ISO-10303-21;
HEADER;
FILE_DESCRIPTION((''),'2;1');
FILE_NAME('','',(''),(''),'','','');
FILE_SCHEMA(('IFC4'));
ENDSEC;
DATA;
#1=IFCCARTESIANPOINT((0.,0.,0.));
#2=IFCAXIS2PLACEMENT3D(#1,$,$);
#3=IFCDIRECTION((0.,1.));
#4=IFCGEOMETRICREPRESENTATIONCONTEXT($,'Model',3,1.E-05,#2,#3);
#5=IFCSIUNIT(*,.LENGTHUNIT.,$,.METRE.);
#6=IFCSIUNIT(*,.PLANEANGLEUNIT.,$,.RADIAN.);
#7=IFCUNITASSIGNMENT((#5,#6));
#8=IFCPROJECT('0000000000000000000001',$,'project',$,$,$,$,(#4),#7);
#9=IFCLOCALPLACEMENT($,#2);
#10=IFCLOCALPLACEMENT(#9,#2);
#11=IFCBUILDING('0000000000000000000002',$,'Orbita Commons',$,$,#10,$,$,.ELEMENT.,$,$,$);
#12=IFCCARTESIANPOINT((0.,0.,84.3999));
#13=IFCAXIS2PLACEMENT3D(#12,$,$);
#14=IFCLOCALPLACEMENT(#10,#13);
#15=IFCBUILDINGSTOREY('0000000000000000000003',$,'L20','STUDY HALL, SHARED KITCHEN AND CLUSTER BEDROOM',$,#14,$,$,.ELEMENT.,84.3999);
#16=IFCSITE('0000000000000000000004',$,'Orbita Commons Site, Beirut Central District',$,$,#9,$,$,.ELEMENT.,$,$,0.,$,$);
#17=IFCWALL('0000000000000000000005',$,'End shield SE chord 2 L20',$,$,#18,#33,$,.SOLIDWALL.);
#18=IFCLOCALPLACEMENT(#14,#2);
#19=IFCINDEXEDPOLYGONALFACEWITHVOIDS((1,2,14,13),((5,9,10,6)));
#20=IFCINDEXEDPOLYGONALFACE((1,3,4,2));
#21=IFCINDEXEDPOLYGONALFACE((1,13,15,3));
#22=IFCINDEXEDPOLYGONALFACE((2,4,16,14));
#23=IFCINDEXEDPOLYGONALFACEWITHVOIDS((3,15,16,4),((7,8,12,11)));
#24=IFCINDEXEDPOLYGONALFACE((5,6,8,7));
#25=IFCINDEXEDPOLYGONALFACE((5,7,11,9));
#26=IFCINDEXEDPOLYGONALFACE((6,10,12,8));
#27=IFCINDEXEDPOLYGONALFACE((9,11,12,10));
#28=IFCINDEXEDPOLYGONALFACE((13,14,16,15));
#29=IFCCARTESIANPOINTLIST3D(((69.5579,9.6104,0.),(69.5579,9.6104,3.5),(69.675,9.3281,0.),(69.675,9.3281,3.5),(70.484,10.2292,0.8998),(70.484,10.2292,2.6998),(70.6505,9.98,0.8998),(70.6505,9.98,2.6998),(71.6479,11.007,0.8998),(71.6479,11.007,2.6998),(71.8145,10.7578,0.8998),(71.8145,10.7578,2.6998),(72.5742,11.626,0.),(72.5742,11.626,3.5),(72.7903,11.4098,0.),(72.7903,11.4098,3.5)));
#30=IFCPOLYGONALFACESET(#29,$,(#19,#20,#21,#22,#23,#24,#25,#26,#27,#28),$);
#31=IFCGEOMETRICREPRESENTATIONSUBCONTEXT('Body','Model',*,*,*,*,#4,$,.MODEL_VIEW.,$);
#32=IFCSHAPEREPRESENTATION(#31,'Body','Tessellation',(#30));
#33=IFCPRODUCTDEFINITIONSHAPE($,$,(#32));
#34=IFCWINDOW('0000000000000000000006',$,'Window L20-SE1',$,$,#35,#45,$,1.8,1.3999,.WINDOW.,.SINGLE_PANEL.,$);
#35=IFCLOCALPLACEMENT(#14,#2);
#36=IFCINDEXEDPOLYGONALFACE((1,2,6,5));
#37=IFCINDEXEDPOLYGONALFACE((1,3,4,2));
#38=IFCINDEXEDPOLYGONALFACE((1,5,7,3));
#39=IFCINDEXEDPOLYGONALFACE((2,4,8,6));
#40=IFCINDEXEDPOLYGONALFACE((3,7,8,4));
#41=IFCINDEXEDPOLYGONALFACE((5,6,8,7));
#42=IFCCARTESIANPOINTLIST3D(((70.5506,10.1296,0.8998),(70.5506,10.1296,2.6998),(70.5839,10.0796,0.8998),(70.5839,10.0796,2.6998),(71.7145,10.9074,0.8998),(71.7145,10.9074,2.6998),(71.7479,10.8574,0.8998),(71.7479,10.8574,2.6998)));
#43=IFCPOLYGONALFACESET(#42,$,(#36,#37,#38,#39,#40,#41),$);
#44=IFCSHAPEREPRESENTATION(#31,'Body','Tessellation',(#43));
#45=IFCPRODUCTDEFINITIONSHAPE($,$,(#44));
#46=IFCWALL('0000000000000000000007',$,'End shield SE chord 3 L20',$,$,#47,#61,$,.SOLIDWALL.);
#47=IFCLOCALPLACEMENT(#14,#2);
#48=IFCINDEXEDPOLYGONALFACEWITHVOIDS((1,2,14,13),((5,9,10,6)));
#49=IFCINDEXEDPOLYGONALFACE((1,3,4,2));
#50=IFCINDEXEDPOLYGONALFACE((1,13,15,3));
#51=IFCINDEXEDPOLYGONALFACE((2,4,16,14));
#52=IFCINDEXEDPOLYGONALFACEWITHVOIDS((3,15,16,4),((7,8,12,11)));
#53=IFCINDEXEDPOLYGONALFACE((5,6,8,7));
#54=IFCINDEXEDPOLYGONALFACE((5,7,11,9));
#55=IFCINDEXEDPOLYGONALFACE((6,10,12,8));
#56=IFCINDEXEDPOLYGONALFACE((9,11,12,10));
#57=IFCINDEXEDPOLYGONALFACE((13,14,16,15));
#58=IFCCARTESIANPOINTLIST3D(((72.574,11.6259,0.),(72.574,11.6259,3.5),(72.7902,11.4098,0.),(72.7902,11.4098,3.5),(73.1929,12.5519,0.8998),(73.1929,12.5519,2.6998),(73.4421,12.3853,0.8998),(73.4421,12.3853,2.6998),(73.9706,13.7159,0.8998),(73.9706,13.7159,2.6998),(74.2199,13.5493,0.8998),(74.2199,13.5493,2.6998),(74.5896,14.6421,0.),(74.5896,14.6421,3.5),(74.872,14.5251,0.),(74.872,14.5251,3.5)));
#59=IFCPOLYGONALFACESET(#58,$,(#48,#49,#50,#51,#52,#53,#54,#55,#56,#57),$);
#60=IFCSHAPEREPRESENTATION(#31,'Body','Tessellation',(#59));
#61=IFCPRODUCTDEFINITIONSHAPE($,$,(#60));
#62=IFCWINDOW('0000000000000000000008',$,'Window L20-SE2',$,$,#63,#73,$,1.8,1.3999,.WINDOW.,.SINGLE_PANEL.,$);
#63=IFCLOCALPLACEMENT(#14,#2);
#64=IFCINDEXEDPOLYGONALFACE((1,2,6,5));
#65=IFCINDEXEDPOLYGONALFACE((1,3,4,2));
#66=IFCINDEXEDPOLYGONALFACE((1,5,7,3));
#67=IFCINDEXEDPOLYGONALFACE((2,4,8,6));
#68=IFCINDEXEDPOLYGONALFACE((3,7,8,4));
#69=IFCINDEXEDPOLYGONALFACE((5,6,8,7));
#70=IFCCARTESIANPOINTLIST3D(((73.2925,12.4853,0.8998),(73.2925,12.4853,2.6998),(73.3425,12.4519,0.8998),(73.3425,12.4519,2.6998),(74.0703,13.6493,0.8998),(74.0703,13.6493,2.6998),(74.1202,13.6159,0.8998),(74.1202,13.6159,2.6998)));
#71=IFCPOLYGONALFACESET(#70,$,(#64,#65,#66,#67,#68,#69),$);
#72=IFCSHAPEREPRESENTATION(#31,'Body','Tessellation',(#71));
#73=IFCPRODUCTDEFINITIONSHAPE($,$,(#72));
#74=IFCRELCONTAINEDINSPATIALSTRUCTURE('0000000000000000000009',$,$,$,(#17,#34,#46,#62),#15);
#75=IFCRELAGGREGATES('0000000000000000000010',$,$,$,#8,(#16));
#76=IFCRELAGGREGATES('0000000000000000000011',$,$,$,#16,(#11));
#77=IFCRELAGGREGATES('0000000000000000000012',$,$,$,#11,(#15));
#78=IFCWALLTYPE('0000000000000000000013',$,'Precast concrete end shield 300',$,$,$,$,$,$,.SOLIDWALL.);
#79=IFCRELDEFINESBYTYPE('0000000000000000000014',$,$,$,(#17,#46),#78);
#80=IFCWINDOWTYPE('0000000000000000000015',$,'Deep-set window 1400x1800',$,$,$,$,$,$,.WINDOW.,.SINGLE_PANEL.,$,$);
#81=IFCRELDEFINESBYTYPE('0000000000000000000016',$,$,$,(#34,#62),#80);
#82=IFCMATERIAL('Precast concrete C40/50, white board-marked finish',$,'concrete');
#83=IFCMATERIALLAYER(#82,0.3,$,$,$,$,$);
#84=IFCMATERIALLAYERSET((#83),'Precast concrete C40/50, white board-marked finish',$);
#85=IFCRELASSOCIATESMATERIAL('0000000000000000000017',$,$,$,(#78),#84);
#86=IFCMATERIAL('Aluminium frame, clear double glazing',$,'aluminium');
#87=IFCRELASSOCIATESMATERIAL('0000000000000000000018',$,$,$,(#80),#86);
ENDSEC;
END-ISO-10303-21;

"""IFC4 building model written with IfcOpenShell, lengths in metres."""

from ifc_helpers import new_model, si_unit, direction, frame, frame_2d, origin, place, context, subcontext, project, spatial, polyline, rectangle, outline, extrude, material, layer, layer_set, type_object, element, fill, save


model = new_model("IFC4")

# Units and contexts
model_context = context("Model", 3, precision=1e-05, world=origin(), true_north=direction((0.0, 1.0)))
body_context = subcontext(model_context, "Body", "Model", "MODEL_VIEW")
ifc_project = project(units=[si_unit("LENGTHUNIT", "METRE"), si_unit("PLANEANGLEUNIT", "RADIAN")], contexts=[model_context])

# Site, building, storey
site_placement = place(None, origin())
site = spatial("IfcSite", under=ifc_project, at=site_placement, Name="Orbita Commons Site, Beirut Central District", CompositionType="ELEMENT", RefElevation=0.0)
building_placement = place(site_placement, origin())
building = spatial("IfcBuilding", under=site, at=building_placement, Name="Orbita Commons", CompositionType="ELEMENT")
storey_placement = place(building_placement, frame((0.0, 0.0, 84.3999)))
storey = spatial("IfcBuildingStorey", under=building, at=storey_placement, Name="L20", Description="STUDY HALL, SHARED KITCHEN AND CLUSTER BEDROOM", CompositionType="ELEMENT", Elevation=84.3999)

# Walls, openings, windows
ifc_material_1 = material(Name="Precast concrete C40/50, white board-marked finish", Category="concrete")
ifc_layer_1 = layer(ifc_material_1, 0.3)
ifc_layer_set_1 = layer_set([ifc_layer_1], Name="Precast concrete C40/50, white board-marked finish")
wall_type_1 = type_object("IfcWallType", Name="Precast concrete end shield 300", PredefinedType="SOLIDWALL", material=ifc_layer_set_1)
ifc_material_2 = material(Name="Aluminium frame, clear double glazing", Category="aluminium")
window_type = type_object("IfcWindowType", Name="Deep-set window 1400x1800", PartitioningType="SINGLE_PANEL", PredefinedType="WINDOW", material=ifc_material_2)
wall_1_placement = place(storey_placement, frame((69.6165, 9.4692, 0.0), z_axis=(0.0, 0.0, 1.0), x_axis=(0.831449, 0.555601, 0.0)))
wall_1 = element("IfcWall", 1, at=wall_1_placement, inside=storey, type_object=wall_type_1, Name="End shield SE chord 2 L20", PredefinedType="SOLIDWALL", context=body_context, shape_type="SweptSolid", body=[
    extrude(outline(polyline([(-0.0298, -0.1499), (3.717, -0.1499), (3.6575, 0.1499), (0.0298, 0.1499), (-0.0298, -0.1499)])), origin(), (0.0, 0.0, 1.0), 3.5),
])
opening_1_placement = place(wall_1_placement, frame((1.1436, 0.0, 0.8999)))
opening_1 = element("IfcOpeningElement", 2, at=opening_1_placement, cuts=wall_1, PredefinedType="OPENING", context=body_context, shape_type="SweptSolid", body=[
    extrude(rectangle(XDim=1.3999, YDim=1.8, at=frame_2d((0.7, 0.8999))), frame((0.0, 0.1599, 0.0), z_axis=(0.0, -1.0, 0.0), x_axis=(1.0, 0.0, 0.0)), (0.0, 0.0, 1.0), 0.3201),
])
window_1_placement = place(opening_1_placement, origin())
window_1 = element("IfcWindow", 3, at=window_1_placement, inside=storey, type_object=window_type, Name="Window L20-SE1", OverallHeight=1.8, OverallWidth=1.3999, PartitioningType="SINGLE_PANEL", PredefinedType="WINDOW", context=body_context, shape_type="SweptSolid", body=[
    extrude(rectangle(XDim=1.3999, YDim=1.8, at=frame_2d((0.7, 0.8999))), frame((0.0, 0.03, 0.0), z_axis=(0.0, -1.0, 0.0), x_axis=(1.0, 0.0, 0.0)), (0.0, 0.0, 1.0), 0.0601),
])
fill(opening_1, window_1)
wall_2_placement = place(storey_placement, frame((72.6821, 11.5178, 0.0), z_axis=(0.0, 0.0, 1.0), x_axis=(0.555601, 0.831449, 0.0)))
wall_2 = element("IfcWall", 4, at=wall_2_placement, inside=storey, type_object=wall_type_1, Name="End shield SE chord 3 L20", PredefinedType="SOLIDWALL", context=body_context, shape_type="SweptSolid", body=[
    extrude(outline(polyline([(-0.0298, -0.1499), (3.717, -0.1499), (3.6575, 0.1499), (0.0298, 0.1499), (-0.0298, -0.1499)])), origin(), (0.0, 0.0, 1.0), 3.5),
])
opening_2_placement = place(wall_2_placement, frame((1.1436, 0.0, 0.8999)))
opening_2 = element("IfcOpeningElement", 5, at=opening_2_placement, cuts=wall_2, PredefinedType="OPENING", context=body_context, shape_type="SweptSolid", body=[
    extrude(rectangle(XDim=1.3999, YDim=1.8, at=frame_2d((0.7, 0.8999))), frame((0.0, 0.1599, 0.0), z_axis=(0.0, -1.0, 0.0), x_axis=(1.0, 0.0, 0.0)), (0.0, 0.0, 1.0), 0.3201),
])
window_2_placement = place(opening_2_placement, origin())
window_2 = element("IfcWindow", 6, at=window_2_placement, inside=storey, type_object=window_type, Name="Window L20-SE2", OverallHeight=1.8, OverallWidth=1.3999, PartitioningType="SINGLE_PANEL", PredefinedType="WINDOW", context=body_context, shape_type="SweptSolid", body=[
    extrude(rectangle(XDim=1.3999, YDim=1.8, at=frame_2d((0.7, 0.8999))), frame((0.0, 0.03, 0.0), z_axis=(0.0, -1.0, 0.0), x_axis=(1.0, 0.0, 0.0)), (0.0, 0.0, 1.0), 0.0601),
])
fill(opening_2, window_2)

save(model, "model.ifc")
